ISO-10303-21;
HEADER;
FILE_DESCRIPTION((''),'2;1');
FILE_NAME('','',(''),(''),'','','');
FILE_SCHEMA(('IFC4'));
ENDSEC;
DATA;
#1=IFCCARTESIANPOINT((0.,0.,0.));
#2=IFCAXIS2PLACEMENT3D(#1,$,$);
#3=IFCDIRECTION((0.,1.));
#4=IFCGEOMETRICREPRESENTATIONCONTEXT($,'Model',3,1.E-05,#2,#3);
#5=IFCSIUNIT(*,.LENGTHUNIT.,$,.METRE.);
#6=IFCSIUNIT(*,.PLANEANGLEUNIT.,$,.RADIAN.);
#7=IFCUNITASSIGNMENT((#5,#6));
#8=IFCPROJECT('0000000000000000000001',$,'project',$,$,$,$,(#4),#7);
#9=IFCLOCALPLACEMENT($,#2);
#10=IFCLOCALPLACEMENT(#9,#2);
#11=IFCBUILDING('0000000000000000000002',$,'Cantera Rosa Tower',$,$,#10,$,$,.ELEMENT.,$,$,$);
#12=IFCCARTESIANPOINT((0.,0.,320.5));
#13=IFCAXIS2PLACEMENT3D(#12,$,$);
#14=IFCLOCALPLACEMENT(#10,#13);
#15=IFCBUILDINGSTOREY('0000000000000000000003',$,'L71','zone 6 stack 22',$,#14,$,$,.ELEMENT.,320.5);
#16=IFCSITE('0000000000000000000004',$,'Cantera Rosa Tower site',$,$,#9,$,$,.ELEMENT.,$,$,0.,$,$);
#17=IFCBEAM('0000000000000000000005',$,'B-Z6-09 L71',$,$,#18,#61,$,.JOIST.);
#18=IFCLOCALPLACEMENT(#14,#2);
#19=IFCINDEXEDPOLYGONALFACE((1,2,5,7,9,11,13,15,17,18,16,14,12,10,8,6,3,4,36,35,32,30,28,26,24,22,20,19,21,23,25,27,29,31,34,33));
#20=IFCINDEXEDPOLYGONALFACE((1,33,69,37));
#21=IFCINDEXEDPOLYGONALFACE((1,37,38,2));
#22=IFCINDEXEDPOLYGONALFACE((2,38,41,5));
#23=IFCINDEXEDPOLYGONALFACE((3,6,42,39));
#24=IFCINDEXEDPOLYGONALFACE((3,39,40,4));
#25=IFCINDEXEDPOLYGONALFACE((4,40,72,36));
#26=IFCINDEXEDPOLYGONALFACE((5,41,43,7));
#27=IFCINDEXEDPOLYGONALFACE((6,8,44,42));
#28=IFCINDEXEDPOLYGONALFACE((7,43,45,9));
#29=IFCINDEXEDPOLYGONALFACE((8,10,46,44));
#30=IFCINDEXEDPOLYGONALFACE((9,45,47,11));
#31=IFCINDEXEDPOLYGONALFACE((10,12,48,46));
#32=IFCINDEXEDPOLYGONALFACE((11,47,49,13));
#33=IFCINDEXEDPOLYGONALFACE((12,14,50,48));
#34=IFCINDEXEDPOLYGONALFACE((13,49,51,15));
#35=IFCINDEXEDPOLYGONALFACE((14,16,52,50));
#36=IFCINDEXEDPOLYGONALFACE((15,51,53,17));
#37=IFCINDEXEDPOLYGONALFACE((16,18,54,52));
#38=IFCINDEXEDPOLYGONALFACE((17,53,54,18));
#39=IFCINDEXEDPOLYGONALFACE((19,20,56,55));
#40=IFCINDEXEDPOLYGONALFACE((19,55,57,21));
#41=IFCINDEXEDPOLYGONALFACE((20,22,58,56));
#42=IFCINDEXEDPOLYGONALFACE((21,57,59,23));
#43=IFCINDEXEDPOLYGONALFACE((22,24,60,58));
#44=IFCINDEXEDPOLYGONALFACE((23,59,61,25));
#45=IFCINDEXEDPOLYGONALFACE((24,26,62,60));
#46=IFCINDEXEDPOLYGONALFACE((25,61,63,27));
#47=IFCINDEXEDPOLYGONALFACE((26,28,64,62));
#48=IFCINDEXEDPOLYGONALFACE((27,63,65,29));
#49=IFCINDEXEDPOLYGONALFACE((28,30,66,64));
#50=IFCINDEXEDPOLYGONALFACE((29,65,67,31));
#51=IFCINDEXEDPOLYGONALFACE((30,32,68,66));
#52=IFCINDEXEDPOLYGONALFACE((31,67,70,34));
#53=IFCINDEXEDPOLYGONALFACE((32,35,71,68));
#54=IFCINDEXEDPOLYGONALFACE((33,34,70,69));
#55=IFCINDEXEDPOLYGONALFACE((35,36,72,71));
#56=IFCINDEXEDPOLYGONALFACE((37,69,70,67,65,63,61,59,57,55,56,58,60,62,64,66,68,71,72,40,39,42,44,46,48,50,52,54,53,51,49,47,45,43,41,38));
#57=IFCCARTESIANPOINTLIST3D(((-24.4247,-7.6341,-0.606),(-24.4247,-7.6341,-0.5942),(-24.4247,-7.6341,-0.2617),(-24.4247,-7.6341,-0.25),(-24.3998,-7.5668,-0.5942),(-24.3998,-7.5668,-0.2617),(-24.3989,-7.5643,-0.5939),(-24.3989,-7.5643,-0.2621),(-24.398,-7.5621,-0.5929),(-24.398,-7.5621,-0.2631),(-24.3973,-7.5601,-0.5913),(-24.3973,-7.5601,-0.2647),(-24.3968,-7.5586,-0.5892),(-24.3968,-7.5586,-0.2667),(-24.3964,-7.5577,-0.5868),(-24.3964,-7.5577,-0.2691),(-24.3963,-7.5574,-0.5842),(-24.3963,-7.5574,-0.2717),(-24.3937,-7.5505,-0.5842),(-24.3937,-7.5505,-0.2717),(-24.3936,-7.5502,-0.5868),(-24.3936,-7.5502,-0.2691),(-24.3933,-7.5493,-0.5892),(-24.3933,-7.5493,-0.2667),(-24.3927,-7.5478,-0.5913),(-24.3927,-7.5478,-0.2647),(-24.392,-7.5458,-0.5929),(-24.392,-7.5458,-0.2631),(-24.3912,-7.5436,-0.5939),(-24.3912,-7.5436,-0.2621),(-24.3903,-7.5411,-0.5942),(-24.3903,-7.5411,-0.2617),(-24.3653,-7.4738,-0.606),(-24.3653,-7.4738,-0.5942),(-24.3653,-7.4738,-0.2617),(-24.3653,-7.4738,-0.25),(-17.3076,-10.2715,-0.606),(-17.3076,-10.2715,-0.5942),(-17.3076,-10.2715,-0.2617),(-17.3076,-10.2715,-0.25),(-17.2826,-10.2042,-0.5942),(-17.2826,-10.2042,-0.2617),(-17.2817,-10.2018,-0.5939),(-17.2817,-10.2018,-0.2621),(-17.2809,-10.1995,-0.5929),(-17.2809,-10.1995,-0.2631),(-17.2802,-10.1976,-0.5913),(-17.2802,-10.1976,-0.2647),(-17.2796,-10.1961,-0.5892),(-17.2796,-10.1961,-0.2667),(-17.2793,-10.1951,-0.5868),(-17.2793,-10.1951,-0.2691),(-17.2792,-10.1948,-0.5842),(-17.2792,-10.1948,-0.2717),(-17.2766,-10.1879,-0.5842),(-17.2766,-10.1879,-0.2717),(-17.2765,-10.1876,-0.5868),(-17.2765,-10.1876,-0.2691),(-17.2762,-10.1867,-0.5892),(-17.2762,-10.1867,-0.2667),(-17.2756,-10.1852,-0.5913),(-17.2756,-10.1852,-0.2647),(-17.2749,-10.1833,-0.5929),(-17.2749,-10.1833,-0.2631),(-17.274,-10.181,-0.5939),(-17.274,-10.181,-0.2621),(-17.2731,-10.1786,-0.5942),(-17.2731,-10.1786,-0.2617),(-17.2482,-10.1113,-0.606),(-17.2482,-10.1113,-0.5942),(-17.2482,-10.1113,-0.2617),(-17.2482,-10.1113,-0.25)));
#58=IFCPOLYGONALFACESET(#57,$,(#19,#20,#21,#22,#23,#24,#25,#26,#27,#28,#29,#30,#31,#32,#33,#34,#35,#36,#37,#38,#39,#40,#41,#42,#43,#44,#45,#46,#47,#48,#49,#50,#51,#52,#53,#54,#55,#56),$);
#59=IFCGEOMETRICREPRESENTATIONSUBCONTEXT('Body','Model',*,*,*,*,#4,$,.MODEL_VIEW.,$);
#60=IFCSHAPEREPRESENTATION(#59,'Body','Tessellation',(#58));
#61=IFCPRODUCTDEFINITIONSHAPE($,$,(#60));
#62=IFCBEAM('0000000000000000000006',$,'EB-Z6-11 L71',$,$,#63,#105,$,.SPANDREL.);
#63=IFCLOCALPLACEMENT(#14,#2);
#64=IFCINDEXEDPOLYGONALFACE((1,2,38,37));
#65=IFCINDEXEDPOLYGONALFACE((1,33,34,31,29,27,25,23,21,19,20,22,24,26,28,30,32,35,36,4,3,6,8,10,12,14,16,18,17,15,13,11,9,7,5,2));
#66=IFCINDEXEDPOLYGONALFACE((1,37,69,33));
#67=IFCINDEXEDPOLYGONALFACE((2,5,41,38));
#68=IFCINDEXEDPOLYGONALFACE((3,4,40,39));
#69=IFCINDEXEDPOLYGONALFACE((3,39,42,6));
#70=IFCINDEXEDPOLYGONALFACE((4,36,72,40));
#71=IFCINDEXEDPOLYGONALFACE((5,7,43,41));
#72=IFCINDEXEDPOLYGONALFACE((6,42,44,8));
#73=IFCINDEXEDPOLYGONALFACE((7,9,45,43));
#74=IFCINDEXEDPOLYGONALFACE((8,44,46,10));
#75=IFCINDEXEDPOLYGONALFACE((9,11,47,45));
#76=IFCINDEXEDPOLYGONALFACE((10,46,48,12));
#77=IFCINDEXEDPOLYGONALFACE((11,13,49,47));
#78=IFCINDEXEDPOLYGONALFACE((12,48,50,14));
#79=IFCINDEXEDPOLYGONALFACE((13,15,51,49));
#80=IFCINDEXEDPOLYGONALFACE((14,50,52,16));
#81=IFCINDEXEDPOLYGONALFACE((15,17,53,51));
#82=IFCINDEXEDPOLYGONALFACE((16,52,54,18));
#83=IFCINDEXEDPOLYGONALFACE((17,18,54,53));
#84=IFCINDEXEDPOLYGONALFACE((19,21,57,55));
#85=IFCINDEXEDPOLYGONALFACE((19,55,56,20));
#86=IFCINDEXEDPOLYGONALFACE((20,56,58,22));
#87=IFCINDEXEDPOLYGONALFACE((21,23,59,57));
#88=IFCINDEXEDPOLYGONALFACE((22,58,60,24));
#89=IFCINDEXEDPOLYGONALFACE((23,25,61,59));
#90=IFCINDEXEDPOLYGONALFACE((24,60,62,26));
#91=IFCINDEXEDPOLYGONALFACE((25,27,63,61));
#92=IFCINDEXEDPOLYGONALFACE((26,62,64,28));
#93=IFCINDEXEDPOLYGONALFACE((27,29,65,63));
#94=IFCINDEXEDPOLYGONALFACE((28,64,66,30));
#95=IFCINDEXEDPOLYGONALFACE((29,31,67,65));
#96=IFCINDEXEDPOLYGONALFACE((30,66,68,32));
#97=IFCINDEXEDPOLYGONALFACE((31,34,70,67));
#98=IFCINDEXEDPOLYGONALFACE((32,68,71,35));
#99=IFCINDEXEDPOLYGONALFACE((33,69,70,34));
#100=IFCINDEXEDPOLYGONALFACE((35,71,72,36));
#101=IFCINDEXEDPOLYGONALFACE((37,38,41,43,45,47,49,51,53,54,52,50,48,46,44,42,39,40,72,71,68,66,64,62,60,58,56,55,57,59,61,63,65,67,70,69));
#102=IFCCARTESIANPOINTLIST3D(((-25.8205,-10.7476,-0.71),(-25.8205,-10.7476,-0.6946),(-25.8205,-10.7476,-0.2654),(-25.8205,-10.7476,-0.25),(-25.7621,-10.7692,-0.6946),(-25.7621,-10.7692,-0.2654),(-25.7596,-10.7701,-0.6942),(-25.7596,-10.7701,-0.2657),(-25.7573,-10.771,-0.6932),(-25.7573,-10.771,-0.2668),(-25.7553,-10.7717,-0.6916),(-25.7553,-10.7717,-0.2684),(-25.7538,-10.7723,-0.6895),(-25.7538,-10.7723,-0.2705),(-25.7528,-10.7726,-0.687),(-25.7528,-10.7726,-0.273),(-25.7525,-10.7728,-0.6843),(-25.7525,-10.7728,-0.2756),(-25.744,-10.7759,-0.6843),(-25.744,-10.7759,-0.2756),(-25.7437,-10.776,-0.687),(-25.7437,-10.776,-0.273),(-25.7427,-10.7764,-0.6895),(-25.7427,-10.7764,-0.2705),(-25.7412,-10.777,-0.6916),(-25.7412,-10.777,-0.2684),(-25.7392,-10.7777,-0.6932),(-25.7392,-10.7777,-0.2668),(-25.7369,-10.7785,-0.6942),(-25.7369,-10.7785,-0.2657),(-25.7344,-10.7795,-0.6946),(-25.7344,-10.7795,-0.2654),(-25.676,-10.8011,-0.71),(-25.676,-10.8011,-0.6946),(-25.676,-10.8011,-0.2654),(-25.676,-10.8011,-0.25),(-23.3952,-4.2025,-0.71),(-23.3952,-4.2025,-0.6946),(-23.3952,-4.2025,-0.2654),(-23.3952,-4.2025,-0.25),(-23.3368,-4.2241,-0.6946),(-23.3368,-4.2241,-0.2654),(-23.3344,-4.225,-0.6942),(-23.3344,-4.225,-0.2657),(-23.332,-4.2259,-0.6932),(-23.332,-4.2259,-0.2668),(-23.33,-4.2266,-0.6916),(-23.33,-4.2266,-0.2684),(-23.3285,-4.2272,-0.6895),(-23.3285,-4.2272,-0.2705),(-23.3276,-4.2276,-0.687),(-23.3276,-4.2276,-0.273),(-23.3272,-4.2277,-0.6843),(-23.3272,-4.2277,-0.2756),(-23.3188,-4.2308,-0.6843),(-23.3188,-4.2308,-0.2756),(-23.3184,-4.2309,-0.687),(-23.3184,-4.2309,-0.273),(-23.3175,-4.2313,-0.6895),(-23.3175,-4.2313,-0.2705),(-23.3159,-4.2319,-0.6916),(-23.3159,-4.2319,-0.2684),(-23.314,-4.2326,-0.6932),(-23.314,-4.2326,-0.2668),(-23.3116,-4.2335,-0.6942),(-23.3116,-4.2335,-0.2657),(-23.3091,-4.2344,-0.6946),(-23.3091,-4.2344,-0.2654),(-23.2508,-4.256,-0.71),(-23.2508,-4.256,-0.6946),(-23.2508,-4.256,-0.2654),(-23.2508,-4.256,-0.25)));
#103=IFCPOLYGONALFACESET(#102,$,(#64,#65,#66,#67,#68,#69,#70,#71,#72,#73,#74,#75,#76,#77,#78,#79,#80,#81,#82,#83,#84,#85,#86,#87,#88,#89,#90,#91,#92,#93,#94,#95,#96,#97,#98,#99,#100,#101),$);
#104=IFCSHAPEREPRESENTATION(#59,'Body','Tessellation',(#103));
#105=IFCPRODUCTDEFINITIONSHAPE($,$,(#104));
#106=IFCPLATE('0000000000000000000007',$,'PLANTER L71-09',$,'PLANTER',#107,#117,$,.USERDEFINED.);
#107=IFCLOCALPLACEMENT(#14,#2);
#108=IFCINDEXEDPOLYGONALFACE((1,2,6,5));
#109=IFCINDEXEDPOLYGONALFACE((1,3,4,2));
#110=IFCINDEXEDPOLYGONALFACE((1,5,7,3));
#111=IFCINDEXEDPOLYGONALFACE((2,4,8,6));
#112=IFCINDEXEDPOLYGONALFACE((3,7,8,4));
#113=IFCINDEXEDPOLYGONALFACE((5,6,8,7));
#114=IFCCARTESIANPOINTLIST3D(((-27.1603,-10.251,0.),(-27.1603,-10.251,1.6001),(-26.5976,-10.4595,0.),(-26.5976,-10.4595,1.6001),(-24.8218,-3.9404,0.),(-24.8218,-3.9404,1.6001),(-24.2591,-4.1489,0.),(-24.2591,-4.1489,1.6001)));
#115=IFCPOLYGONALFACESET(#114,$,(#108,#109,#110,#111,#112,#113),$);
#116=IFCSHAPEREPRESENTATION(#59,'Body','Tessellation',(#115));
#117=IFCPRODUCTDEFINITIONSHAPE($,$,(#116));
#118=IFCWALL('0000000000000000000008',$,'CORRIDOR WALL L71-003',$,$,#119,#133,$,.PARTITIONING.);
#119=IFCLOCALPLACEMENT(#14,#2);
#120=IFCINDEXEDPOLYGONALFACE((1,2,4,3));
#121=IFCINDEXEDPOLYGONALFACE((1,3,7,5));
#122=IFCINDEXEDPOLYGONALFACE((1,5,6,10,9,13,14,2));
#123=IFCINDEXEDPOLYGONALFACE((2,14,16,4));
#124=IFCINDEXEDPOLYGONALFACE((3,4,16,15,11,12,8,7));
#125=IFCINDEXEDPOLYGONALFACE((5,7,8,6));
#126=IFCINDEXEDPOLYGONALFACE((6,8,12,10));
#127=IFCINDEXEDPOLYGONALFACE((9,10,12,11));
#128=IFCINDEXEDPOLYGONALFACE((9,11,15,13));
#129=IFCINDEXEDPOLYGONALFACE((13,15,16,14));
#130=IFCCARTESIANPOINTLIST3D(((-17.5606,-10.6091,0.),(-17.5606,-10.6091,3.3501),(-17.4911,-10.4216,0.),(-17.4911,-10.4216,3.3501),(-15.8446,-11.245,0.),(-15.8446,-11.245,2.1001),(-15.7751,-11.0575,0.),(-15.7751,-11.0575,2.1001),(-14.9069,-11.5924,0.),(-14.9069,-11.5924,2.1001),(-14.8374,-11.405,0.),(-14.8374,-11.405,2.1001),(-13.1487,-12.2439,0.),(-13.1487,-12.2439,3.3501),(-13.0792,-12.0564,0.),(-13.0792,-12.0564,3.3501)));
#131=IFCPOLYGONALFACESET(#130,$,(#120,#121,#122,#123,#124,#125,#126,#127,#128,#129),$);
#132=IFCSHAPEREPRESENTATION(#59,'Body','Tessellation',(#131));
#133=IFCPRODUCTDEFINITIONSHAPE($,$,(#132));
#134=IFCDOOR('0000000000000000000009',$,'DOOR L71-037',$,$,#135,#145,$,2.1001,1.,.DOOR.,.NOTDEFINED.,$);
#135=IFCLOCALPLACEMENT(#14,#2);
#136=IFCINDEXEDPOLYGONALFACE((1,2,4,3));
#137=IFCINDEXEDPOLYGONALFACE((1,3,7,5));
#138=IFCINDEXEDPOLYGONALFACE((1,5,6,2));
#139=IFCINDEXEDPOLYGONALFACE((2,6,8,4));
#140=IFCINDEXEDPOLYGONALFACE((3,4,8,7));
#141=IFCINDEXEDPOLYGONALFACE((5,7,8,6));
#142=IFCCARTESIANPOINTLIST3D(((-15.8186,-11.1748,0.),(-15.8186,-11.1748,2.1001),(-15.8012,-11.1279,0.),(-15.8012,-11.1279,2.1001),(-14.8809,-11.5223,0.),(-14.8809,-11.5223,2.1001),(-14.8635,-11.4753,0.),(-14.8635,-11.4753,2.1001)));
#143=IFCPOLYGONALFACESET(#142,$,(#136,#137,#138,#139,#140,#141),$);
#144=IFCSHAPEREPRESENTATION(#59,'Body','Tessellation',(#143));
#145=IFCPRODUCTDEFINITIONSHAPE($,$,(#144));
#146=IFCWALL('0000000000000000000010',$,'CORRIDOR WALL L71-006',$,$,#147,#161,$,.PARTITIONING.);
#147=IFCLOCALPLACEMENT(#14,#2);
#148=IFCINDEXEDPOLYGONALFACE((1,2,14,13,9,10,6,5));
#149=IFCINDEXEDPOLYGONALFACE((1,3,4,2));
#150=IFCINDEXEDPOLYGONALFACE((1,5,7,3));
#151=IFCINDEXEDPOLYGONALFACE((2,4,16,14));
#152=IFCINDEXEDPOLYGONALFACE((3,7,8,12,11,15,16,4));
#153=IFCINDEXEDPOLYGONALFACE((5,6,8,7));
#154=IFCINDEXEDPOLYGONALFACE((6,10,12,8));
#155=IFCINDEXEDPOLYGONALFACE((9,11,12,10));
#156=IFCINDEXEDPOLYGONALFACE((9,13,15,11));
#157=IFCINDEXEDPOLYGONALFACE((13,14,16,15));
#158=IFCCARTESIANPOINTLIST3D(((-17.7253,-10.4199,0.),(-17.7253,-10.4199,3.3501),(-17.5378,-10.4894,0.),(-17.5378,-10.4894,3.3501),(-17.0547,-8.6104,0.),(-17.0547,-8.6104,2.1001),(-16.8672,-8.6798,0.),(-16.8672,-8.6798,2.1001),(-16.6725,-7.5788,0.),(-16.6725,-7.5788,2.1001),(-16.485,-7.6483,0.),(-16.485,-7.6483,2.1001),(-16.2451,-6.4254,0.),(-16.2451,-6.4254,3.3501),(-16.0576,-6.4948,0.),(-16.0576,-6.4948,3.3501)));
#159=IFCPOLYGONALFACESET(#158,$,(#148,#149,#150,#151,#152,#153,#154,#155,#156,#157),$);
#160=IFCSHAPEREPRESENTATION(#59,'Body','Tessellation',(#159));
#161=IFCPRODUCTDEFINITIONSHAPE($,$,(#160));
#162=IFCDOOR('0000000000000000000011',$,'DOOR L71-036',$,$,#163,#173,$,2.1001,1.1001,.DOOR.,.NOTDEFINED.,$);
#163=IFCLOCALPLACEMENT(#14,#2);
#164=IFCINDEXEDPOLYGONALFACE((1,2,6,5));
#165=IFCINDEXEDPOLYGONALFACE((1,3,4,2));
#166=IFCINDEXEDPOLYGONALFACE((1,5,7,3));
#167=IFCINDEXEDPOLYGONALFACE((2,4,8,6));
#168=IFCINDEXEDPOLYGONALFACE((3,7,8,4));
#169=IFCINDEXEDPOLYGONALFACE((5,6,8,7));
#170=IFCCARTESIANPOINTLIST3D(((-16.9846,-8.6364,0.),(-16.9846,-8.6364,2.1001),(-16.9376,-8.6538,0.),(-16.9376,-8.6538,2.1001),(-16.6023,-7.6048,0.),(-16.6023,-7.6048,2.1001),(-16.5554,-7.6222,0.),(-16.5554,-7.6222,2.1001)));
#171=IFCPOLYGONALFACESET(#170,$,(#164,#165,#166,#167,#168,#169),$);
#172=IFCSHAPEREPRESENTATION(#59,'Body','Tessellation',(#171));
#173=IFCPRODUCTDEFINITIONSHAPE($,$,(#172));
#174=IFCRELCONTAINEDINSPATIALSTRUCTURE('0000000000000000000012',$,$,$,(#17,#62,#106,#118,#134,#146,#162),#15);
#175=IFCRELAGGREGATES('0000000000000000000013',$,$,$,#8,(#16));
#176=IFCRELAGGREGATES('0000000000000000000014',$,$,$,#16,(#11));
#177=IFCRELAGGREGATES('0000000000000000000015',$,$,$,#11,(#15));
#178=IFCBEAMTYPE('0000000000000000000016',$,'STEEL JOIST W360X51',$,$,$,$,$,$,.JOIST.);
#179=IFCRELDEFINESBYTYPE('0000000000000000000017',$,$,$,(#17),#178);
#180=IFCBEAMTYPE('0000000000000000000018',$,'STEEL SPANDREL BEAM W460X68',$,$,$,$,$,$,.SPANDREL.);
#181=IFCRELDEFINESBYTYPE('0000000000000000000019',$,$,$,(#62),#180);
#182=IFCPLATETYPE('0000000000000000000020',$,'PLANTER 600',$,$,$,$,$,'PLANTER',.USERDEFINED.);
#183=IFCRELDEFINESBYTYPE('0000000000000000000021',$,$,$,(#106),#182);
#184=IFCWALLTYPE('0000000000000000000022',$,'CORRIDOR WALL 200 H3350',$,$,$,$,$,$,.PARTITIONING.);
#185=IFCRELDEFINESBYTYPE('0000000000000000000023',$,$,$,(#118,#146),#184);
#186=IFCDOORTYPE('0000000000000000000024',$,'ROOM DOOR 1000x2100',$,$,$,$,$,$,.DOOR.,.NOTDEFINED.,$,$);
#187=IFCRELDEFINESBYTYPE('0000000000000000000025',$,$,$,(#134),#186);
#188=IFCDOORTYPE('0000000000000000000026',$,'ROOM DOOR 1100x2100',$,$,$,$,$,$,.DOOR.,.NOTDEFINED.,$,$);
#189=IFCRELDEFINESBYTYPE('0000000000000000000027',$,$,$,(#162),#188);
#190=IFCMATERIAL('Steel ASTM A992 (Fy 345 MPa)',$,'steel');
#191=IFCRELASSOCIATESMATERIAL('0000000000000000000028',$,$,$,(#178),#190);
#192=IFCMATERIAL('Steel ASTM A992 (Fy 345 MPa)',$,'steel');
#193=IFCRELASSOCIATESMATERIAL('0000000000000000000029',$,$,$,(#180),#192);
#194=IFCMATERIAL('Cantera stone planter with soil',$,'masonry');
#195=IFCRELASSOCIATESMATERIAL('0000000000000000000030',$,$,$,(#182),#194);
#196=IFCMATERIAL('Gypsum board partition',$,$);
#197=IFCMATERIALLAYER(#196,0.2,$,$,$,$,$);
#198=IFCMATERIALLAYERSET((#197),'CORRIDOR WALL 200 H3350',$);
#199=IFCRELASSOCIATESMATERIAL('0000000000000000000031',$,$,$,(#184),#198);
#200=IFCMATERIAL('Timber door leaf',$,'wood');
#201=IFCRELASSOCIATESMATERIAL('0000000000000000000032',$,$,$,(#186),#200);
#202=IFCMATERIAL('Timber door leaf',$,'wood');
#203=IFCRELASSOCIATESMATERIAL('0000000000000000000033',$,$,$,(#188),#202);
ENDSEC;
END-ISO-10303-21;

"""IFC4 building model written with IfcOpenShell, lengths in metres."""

from ifc_helpers import new_model, si_unit, direction, frame, frame_2d, origin, origin_2d, place, context, subcontext, project, spatial, rectangle, i_section, extrude, material, layer, layer_set, material_profile, profile_set, type_object, element, fill, save


model = new_model("IFC4")

# Units and contexts
model_context = context("Model", 3, precision=1e-05, world=origin(), true_north=direction((0.0, 1.0)))
body_context = subcontext(model_context, "Body", "Model", "MODEL_VIEW")
ifc_project = project(units=[si_unit("LENGTHUNIT", "METRE"), si_unit("PLANEANGLEUNIT", "RADIAN")], contexts=[model_context])

# Site, building, storey
site_placement = place(None, origin())
site = spatial("IfcSite", under=ifc_project, at=site_placement, Name="Cantera Rosa Tower site", CompositionType="ELEMENT", RefElevation=0.0)
building_placement = place(site_placement, origin())
building = spatial("IfcBuilding", under=site, at=building_placement, Name="Cantera Rosa Tower", CompositionType="ELEMENT")
storey_placement = place(building_placement, frame((0.0, 0.0, 320.5)))
storey = spatial("IfcBuildingStorey", under=building, at=storey_placement, Name="L71", Description="zone 6 stack 22", CompositionType="ELEMENT", Elevation=320.5)

# Beams
ifc_material_1 = material(Name="Steel ASTM A992 (Fy 345 MPa)", Category="steel")
ifc_material_profile_1 = material_profile(ifc_material_1, i_section(OverallWidth=0.1709, OverallDepth=0.356, WebThickness=0.0073, FlangeThickness=0.0117, FilletRadius=0.01, at=origin_2d()), Name="W360X51")
ifc_profile_set_1 = profile_set([ifc_material_profile_1], Name="Steel ASTM A992 (Fy 345 MPa)")
beam_type_1 = type_object("IfcBeamType", Name="STEEL JOIST W360X51", PredefinedType="JOIST", material=ifc_profile_set_1)
beam_1_placement = place(storey_placement, frame((-24.395, -7.554, -0.428), z_axis=(0.937686, -0.347483, 0.0), x_axis=(0.347483, 0.937686, 0.0)))
element("IfcBeam", 1, at=beam_1_placement, inside=storey, type_object=beam_type_1, Name="B-Z6-09 L71", PredefinedType="JOIST", context=body_context, shape_type="SweptSolid", body=[
    extrude(i_section(OverallWidth=0.1709, OverallDepth=0.356, WebThickness=0.0073, FlangeThickness=0.0117, FilletRadius=0.01, at=origin_2d()), origin(), (0.0, 0.0, 1.0), 7.5901),
])
ifc_material_2 = material(Name="Steel ASTM A992 (Fy 345 MPa)", Category="steel")
ifc_material_profile_2 = material_profile(ifc_material_2, i_section(OverallWidth=0.1541, OverallDepth=0.46, WebThickness=0.009, FlangeThickness=0.0154, FilletRadius=0.0103, at=origin_2d()), Name="W460X68")
ifc_profile_set_2 = profile_set([ifc_material_profile_2], Name="Steel ASTM A992 (Fy 345 MPa)")
beam_type_2 = type_object("IfcBeamType", Name="STEEL SPANDREL BEAM W460X68", PredefinedType="SPANDREL", material=ifc_profile_set_2)
beam_2_placement = place(storey_placement, frame((-23.323, -4.2292, -0.48), z_axis=(-0.34746, -0.937695, 0.0), x_axis=(0.937695, -0.34746, 0.0)))
element("IfcBeam", 2, at=beam_2_placement, inside=storey, type_object=beam_type_2, Name="EB-Z6-11 L71", PredefinedType="SPANDREL", context=body_context, shape_type="SweptSolid", body=[
    extrude(i_section(OverallWidth=0.1541, OverallDepth=0.46, WebThickness=0.009, FlangeThickness=0.0154, FilletRadius=0.0103, at=origin_2d()), origin(), (0.0, 0.0, 1.0), 6.98),
])

# Plate
ifc_material_3 = material(Name="Cantera stone planter with soil", Category="masonry")
plate_type = type_object("IfcPlateType", Name="PLANTER 600", ElementType="PLANTER", PredefinedType="USERDEFINED", material=ifc_material_3)
plate_placement = place(storey_placement, frame((-25.7097, -7.2, 0.0), z_axis=(0.0, 0.0, 1.0), x_axis=(-0.347481, -0.937687, 0.0)))
element("IfcPlate", 3, at=plate_placement, inside=storey, type_object=plate_type, Name="PLANTER L71-09", ObjectType="PLANTER", PredefinedType="USERDEFINED", context=body_context, shape_type="SweptSolid", body=[
    extrude(rectangle(XDim=6.73, YDim=0.6001, at=origin_2d()), origin(), (0.0, 0.0, 1.0), 1.6001),
])

# Walls, openings, doors
ifc_material_4 = material(Name="Gypsum board partition")
ifc_layer_1 = layer(ifc_material_4, 0.2)
ifc_layer_set_1 = layer_set([ifc_layer_1], Name="CORRIDOR WALL 200 H3350")
wall_type_1 = type_object("IfcWallType", Name="CORRIDOR WALL 200 H3350", PredefinedType="PARTITIONING", material=ifc_layer_set_1)
wall_1_placement = place(storey_placement, frame((-17.5259, -10.5154, 0.0), z_axis=(0.0, 0.0, 1.0), x_axis=(0.937697, -0.347453, 0.0)))
wall_1 = element("IfcWall", 4, at=wall_1_placement, inside=storey, type_object=wall_type_1, Name="CORRIDOR WALL L71-003", PredefinedType="PARTITIONING", context=body_context, shape_type="SweptSolid", body=[
    extrude(rectangle(XDim=4.7051, YDim=0.2, at=frame_2d((2.3525, 0.0))), origin(), (0.0, 0.0, 1.0), 3.3501),
])
opening_1_placement = place(wall_1_placement, frame((1.8301, 0.0, 0.0)))
opening_1 = element("IfcOpeningElement", 5, at=opening_1_placement, cuts=wall_1, PredefinedType="OPENING", context=body_context, shape_type="SweptSolid", body=[
    extrude(rectangle(XDim=1.0, YDim=2.1001, at=frame_2d((0.5, 1.05))), frame((0.0, 0.1099, 0.0), z_axis=(0.0, -1.0, 0.0), x_axis=(1.0, 0.0, 0.0)), (0.0, 0.0, 1.0), 0.22),
])
ifc_material_5 = material(Name="Timber door leaf", Category="wood")
door_type_1 = type_object("IfcDoorType", Name="ROOM DOOR 1000x2100", OperationType="NOTDEFINED", PredefinedType="DOOR", material=ifc_material_5)
door_1_placement = place(opening_1_placement, origin())
door_1 = element("IfcDoor", 6, at=door_1_placement, inside=storey, type_object=door_type_1, Name="DOOR L71-037", OperationType="NOTDEFINED", OverallHeight=2.1001, OverallWidth=1.0, PredefinedType="DOOR", context=body_context, shape_type="SweptSolid", body=[
    extrude(rectangle(XDim=1.0, YDim=2.1001, at=frame_2d((0.5, 1.05))), frame((0.0, 0.0249, 0.0), z_axis=(0.0, -1.0, 0.0), x_axis=(1.0, 0.0, 0.0)), (0.0, 0.0, 1.0), 0.05),
])
fill(opening_1, door_1)
wall_2_placement = place(storey_placement, frame((-16.1514, -6.4602, 0.0), z_axis=(0.0, 0.0, 1.0), x_axis=(-0.347466, -0.937693, 0.0)))
wall_2 = element("IfcWall", 7, at=wall_2_placement, inside=storey, type_object=wall_type_1, Name="CORRIDOR WALL L71-006", PredefinedType="PARTITIONING", context=body_context, shape_type="SweptSolid", body=[
    extrude(rectangle(XDim=4.26, YDim=0.2, at=frame_2d((2.1299, 0.0))), origin(), (0.0, 0.0, 1.0), 3.3501),
])
opening_2_placement = place(wall_2_placement, frame((1.23, 0.0, 0.0)))
opening_2 = element("IfcOpeningElement", 8, at=opening_2_placement, cuts=wall_2, PredefinedType="OPENING", context=body_context, shape_type="SweptSolid", body=[
    extrude(rectangle(XDim=1.1001, YDim=2.1001, at=frame_2d((0.55, 1.05))), frame((0.0, 0.1099, 0.0), z_axis=(0.0, -1.0, 0.0), x_axis=(1.0, 0.0, 0.0)), (0.0, 0.0, 1.0), 0.22),
])
ifc_material_6 = material(Name="Timber door leaf", Category="wood")
door_type_2 = type_object("IfcDoorType", Name="ROOM DOOR 1100x2100", OperationType="NOTDEFINED", PredefinedType="DOOR", material=ifc_material_6)
door_2_placement = place(opening_2_placement, origin())
door_2 = element("IfcDoor", 9, at=door_2_placement, inside=storey, type_object=door_type_2, Name="DOOR L71-036", OperationType="NOTDEFINED", OverallHeight=2.1001, OverallWidth=1.1001, PredefinedType="DOOR", context=body_context, shape_type="SweptSolid", body=[
    extrude(rectangle(XDim=1.1001, YDim=2.1001, at=frame_2d((0.55, 1.05))), frame((0.0, 0.0249, 0.0), z_axis=(0.0, -1.0, 0.0), x_axis=(1.0, 0.0, 0.0)), (0.0, 0.0, 1.0), 0.05),
])
fill(opening_2, door_2)

save(model, "model.ifc")
